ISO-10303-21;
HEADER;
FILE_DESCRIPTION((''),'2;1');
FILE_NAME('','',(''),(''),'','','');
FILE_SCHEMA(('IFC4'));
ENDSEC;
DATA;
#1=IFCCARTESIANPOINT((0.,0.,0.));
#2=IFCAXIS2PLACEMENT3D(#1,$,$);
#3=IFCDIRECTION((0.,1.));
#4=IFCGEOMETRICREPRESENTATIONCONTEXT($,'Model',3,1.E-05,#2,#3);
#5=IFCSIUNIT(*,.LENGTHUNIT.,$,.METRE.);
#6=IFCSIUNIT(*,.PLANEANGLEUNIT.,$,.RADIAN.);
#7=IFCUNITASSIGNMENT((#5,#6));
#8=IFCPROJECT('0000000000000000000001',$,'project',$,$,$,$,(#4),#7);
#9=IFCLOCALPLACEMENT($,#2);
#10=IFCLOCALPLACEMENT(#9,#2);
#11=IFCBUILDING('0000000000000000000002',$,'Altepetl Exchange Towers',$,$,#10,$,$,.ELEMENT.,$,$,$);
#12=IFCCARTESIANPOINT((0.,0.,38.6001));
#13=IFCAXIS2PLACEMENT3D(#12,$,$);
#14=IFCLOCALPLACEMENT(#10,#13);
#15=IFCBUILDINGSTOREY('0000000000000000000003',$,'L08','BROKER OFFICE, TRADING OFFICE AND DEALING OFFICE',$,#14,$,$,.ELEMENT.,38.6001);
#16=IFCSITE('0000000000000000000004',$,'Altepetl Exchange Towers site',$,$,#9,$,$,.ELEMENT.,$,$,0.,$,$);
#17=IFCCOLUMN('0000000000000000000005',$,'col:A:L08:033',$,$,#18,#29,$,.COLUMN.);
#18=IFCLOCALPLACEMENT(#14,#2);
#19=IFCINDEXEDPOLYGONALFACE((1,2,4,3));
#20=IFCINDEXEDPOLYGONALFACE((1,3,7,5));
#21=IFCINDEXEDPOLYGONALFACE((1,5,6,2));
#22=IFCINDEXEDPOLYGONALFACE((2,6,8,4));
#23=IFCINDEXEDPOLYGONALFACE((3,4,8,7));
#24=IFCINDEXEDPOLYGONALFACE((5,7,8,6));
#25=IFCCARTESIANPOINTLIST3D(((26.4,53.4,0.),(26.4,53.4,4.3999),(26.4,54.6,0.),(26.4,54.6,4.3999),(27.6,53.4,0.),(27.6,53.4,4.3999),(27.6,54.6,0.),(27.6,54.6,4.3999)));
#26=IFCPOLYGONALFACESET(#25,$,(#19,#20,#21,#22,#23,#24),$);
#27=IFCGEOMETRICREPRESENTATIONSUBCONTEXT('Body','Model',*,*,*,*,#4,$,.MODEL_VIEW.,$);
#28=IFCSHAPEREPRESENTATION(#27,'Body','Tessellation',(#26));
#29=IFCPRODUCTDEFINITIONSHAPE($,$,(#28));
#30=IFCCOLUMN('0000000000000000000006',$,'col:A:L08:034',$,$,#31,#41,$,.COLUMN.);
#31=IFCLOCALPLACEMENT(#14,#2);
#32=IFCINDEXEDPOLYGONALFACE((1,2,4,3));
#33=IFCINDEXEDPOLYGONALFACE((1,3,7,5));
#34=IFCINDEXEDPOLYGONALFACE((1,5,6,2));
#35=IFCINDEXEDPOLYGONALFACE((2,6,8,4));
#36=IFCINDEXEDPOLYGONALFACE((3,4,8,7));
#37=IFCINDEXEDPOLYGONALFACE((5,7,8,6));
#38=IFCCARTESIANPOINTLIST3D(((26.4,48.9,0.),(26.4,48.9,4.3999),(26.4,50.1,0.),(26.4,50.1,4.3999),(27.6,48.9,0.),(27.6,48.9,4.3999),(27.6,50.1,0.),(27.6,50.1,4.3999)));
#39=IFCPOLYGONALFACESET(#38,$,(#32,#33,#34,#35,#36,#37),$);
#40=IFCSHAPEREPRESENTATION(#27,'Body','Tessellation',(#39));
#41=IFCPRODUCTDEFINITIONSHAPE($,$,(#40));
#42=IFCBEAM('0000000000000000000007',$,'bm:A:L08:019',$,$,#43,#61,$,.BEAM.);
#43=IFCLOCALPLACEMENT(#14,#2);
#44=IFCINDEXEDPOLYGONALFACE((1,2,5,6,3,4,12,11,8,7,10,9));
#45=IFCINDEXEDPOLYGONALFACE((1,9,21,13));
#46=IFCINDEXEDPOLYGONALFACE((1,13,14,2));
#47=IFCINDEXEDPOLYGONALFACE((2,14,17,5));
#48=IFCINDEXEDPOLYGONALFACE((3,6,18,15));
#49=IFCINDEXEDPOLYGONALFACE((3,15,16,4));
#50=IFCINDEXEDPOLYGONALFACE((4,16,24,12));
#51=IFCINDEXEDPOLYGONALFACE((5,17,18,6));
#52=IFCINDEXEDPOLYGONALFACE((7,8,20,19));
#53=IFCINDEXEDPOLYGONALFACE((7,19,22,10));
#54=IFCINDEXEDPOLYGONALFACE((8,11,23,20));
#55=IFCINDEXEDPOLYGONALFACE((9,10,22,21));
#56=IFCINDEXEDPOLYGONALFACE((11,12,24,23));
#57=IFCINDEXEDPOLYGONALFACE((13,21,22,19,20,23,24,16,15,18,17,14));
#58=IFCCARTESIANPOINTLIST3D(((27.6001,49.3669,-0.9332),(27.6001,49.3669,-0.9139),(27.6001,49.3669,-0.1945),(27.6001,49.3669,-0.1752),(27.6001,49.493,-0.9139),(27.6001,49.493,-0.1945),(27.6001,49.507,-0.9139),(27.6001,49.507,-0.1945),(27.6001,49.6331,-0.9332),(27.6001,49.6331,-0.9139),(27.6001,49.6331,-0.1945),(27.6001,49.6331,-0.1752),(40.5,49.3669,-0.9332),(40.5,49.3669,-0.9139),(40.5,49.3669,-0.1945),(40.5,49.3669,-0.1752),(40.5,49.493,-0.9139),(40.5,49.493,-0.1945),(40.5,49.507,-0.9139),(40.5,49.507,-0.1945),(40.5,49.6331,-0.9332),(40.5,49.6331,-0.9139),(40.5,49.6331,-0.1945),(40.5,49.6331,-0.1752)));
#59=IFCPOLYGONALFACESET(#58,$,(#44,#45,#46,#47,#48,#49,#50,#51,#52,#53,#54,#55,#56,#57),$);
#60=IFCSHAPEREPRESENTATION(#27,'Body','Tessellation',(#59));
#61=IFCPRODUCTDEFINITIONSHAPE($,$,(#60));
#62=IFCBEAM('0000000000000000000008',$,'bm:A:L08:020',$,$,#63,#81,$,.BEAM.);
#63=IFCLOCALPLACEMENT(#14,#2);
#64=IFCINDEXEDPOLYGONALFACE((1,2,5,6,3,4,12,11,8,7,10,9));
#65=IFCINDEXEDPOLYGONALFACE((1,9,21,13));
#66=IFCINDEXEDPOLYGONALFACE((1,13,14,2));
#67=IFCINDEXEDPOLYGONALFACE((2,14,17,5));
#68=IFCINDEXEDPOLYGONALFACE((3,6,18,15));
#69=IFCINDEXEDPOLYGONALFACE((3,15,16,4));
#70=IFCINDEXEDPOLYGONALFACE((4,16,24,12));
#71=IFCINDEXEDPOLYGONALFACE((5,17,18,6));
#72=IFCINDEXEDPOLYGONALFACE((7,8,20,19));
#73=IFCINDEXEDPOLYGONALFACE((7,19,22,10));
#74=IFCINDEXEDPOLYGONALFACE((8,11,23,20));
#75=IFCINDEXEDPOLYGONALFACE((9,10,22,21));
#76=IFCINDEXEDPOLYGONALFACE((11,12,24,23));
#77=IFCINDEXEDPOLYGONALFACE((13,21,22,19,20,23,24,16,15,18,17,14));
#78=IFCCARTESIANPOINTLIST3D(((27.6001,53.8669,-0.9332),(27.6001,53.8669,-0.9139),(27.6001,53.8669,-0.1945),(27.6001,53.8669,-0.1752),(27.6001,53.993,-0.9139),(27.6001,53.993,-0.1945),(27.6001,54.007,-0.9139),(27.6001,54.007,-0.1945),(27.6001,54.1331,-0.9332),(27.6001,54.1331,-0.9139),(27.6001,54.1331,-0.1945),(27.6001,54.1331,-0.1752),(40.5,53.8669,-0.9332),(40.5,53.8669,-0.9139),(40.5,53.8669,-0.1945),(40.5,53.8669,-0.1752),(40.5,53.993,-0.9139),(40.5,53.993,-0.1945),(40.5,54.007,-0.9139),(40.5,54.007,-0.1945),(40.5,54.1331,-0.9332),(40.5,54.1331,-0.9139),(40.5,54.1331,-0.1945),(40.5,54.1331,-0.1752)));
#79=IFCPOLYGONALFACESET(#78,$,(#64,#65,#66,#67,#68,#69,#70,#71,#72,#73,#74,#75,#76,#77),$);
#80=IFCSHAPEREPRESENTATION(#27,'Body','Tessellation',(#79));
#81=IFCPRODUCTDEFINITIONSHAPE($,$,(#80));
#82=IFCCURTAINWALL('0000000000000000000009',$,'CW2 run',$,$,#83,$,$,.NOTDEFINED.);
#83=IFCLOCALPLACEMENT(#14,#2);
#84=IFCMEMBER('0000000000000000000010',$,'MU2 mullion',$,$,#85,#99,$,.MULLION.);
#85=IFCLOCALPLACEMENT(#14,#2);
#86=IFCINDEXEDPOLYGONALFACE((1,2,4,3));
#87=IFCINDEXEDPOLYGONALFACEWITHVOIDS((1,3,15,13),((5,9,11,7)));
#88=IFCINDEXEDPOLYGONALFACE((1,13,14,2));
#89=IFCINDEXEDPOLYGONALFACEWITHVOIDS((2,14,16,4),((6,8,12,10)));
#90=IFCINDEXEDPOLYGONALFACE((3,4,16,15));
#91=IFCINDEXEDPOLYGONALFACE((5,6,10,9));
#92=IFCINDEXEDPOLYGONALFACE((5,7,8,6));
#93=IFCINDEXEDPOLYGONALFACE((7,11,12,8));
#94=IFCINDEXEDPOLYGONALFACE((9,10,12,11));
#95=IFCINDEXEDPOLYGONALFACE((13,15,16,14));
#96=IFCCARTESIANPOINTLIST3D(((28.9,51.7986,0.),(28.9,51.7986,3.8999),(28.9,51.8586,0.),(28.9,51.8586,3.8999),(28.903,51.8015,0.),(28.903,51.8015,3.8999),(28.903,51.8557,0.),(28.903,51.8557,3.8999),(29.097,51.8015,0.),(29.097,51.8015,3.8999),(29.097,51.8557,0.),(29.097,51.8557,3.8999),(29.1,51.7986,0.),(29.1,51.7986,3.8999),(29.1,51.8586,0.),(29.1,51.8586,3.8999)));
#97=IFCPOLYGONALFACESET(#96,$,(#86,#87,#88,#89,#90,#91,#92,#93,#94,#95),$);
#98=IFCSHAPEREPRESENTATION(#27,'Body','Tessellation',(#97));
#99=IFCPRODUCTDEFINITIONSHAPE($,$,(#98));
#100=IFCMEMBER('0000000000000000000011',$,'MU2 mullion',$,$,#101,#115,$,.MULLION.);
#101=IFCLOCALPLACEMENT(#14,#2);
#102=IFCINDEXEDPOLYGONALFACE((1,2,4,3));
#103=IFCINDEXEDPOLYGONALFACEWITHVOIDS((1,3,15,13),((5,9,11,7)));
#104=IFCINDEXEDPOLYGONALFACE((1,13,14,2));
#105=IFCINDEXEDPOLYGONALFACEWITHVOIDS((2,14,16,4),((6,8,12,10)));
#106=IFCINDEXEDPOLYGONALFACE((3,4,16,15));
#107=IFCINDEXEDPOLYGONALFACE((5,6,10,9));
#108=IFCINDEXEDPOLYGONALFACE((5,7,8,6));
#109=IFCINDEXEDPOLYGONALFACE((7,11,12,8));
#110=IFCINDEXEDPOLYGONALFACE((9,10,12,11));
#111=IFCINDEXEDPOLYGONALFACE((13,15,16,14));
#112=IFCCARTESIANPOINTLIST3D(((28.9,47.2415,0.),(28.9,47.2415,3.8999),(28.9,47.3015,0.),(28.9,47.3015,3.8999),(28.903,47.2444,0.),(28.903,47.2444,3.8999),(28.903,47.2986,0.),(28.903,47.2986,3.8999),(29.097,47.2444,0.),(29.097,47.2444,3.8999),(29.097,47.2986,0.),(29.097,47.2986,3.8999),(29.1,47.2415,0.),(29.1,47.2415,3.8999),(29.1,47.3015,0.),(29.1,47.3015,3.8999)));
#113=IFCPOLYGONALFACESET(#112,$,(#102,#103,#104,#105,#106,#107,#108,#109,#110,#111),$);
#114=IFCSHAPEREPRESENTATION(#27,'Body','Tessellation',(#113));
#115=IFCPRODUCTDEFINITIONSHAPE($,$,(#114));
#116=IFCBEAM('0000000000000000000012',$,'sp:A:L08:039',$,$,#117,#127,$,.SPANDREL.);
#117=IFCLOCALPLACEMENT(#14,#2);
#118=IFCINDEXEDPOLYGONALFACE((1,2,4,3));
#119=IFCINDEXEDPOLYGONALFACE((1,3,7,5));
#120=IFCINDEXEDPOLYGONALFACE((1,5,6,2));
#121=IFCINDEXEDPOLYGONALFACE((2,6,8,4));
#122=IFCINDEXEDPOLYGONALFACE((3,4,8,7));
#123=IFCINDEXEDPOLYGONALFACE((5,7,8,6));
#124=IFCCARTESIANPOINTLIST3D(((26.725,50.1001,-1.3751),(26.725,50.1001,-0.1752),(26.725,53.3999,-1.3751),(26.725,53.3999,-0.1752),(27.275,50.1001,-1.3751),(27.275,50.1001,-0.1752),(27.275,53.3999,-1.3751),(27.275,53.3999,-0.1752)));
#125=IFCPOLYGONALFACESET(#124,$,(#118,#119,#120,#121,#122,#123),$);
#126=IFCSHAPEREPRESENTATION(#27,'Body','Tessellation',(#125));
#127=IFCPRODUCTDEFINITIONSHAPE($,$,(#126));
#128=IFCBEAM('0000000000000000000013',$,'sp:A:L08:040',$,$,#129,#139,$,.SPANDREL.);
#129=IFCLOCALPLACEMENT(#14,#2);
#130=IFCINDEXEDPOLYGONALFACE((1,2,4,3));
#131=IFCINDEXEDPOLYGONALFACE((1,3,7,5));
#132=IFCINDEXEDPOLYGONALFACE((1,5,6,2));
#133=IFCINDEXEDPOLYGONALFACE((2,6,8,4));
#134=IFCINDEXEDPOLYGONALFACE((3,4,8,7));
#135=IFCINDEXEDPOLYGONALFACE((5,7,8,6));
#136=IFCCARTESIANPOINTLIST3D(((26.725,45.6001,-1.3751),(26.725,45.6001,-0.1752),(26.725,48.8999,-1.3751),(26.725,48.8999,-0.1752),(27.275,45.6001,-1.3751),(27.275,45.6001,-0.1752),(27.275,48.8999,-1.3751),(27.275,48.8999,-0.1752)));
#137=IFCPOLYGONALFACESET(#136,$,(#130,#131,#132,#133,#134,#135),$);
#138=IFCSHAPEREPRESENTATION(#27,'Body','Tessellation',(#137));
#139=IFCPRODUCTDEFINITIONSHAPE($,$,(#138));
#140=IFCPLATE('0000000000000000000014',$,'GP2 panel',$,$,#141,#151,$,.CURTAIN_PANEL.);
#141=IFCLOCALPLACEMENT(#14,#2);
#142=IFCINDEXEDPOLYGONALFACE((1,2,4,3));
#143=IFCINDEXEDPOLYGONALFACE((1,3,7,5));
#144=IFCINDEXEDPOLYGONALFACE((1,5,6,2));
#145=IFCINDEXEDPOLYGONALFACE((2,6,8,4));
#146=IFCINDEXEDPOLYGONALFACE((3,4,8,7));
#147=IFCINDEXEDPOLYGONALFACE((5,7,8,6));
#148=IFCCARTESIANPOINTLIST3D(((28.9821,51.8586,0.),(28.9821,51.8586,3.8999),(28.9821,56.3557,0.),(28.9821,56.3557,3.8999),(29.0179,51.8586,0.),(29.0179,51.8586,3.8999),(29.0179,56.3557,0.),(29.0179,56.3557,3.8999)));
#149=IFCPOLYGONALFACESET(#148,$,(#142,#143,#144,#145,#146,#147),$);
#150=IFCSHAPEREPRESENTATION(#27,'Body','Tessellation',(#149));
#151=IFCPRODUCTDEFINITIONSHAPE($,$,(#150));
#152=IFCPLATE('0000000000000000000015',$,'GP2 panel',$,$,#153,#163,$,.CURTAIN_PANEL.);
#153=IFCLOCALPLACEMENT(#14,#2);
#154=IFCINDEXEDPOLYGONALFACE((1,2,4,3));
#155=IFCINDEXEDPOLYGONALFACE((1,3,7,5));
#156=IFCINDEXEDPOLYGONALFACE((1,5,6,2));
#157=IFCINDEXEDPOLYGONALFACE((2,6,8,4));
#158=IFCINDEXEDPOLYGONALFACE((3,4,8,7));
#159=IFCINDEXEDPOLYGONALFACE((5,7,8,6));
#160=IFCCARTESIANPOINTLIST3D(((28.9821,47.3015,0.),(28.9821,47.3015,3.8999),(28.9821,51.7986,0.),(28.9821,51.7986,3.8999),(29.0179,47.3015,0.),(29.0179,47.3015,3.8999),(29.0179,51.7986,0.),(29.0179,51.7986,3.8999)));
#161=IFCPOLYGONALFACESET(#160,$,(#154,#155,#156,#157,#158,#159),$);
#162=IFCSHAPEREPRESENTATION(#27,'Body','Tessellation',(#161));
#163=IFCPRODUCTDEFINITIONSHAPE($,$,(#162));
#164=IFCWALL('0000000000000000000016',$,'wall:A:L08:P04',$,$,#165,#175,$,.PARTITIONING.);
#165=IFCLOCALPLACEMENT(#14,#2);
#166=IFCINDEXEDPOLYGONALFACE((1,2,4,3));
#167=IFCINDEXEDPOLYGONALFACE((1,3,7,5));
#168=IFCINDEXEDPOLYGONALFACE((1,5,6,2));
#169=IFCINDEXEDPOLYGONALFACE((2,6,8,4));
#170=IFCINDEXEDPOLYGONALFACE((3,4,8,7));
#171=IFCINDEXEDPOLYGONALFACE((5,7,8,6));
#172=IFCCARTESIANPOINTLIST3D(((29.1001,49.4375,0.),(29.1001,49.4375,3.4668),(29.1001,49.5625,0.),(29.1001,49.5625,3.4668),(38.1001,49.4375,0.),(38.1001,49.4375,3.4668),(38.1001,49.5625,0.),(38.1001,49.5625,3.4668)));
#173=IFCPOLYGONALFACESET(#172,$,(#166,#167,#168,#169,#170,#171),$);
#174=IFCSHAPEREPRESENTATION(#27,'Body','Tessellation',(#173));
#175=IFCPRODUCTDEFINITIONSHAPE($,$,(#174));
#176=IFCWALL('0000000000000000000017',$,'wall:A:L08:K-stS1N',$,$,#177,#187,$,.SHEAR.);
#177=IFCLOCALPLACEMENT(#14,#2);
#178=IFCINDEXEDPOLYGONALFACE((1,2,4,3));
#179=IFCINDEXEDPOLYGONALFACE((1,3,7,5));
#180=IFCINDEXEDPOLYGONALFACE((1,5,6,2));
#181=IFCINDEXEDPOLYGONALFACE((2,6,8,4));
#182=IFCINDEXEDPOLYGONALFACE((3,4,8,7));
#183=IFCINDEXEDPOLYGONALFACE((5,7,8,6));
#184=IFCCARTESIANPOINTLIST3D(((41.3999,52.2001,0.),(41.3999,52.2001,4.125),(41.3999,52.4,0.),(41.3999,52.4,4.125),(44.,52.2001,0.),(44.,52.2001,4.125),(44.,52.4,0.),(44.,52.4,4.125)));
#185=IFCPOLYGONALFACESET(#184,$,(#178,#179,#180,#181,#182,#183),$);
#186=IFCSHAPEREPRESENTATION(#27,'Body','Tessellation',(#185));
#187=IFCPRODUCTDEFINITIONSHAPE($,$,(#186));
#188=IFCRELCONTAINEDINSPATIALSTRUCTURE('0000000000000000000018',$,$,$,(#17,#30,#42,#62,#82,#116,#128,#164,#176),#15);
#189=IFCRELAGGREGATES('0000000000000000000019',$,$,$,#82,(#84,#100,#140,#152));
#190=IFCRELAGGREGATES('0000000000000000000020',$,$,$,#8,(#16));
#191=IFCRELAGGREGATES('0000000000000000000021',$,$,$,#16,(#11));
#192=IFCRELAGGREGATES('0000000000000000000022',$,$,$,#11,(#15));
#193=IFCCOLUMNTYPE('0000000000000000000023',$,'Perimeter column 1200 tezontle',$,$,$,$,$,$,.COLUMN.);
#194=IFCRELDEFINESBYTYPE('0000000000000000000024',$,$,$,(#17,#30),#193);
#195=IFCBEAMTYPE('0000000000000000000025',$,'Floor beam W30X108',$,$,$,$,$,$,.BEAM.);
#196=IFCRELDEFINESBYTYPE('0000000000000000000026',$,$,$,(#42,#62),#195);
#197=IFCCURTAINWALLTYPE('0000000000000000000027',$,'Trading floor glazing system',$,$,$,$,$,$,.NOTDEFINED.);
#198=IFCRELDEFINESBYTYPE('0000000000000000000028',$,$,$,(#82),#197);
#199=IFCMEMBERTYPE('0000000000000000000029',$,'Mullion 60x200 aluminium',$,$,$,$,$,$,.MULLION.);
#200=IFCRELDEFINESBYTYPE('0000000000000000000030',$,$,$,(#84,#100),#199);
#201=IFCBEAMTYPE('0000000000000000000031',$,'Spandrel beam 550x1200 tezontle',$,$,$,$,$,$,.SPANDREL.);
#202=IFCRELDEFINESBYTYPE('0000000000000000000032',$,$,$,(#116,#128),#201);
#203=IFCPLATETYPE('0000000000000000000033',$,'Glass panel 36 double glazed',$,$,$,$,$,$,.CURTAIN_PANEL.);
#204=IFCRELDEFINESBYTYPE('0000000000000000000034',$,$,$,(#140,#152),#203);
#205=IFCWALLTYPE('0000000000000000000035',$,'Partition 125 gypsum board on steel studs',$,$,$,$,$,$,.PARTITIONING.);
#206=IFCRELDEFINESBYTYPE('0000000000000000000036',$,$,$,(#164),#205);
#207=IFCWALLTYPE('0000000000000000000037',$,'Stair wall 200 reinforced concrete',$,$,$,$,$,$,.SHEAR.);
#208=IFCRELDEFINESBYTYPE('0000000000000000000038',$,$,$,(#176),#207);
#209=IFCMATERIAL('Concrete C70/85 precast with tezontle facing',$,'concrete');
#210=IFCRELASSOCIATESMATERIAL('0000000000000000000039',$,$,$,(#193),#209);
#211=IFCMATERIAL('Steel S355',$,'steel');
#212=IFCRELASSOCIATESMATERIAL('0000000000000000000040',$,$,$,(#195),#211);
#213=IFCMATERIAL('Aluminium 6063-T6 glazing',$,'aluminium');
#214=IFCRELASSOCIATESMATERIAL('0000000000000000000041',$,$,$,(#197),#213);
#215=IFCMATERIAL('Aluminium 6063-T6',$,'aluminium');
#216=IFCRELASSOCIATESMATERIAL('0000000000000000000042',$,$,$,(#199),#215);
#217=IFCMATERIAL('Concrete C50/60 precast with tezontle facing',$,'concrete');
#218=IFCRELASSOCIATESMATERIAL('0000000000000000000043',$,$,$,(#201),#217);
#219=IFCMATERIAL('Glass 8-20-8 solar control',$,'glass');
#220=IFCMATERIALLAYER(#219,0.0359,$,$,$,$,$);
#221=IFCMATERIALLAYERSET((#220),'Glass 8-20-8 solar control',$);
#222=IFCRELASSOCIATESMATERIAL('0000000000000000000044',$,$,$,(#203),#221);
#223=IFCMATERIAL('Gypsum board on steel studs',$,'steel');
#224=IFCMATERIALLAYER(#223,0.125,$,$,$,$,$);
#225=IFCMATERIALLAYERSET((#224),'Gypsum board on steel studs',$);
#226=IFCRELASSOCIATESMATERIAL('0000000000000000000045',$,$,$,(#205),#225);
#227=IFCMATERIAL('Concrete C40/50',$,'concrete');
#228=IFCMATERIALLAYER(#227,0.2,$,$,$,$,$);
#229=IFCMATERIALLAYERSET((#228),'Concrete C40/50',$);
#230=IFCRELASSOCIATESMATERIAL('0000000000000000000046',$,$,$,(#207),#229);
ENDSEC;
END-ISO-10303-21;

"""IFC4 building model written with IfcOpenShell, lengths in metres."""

from ifc_helpers import new_model, si_unit, direction, frame, frame_2d, origin, origin_2d, place, context, subcontext, project, spatial, rectangle, hollow_rectangle, i_section, extrude, material, layer, layer_set, material_profile, profile_set, type_object, element, aggregate, save


model = new_model("IFC4")

# Units and contexts
model_context = context("Model", 3, precision=1e-05, world=origin(), true_north=direction((0.0, 1.0)))
body_context = subcontext(model_context, "Body", "Model", "MODEL_VIEW")
ifc_project = project(units=[si_unit("LENGTHUNIT", "METRE"), si_unit("PLANEANGLEUNIT", "RADIAN")], contexts=[model_context])

# Site, building, storey
site_placement = place(None, origin())
site = spatial("IfcSite", under=ifc_project, at=site_placement, Name="Altepetl Exchange Towers site", CompositionType="ELEMENT", RefElevation=0.0)
building_placement = place(site_placement, origin())
building = spatial("IfcBuilding", under=site, at=building_placement, Name="Altepetl Exchange Towers", CompositionType="ELEMENT")
storey_placement = place(building_placement, frame((0.0, 0.0, 38.6001)))
storey = spatial("IfcBuildingStorey", under=building, at=storey_placement, Name="L08", Description="BROKER OFFICE, TRADING OFFICE AND DEALING OFFICE", CompositionType="ELEMENT", Elevation=38.6001)

# Columns
ifc_material_1 = material(Name="Concrete C70/85 precast with tezontle facing", Category="concrete")
ifc_material_profile_1 = material_profile(ifc_material_1, rectangle(XDim=1.2, YDim=1.2, at=origin_2d()), Name="1200 x 1200")
ifc_profile_set_1 = profile_set([ifc_material_profile_1], Name="Concrete C70/85 precast with tezontle facing")
column_type = type_object("IfcColumnType", Name="Perimeter column 1200 tezontle", PredefinedType="COLUMN", material=ifc_profile_set_1)
for number, where, name in (
    (1, (27.0, 54.0, 0.0), "col:A:L08:033"),
    (2, (27.0, 49.5, 0.0), "col:A:L08:034"),
):
    element("IfcColumn", number, at=place(storey_placement, frame(where)), inside=storey, type_object=column_type, Name=name, PredefinedType="COLUMN", context=body_context, shape_type="SweptSolid", body=[
        extrude(rectangle(XDim=1.2, YDim=1.2, at=origin_2d()), origin(), (0.0, 0.0, 1.0), 4.3999),
    ])

# Beams
ifc_material_2 = material(Name="Steel S355", Category="steel")
ifc_material_profile_2 = material_profile(ifc_material_2, i_section(OverallWidth=0.2661, OverallDepth=0.7581, WebThickness=0.0139, FlangeThickness=0.0193, at=origin_2d()), Name="W30X108")
ifc_profile_set_2 = profile_set([ifc_material_profile_2], Name="Steel S355")
beam_type_1 = type_object("IfcBeamType", Name="Floor beam W30X108", PredefinedType="BEAM", material=ifc_profile_set_2)
for number, where, z_axis, x_axis, name in (
    (3, (27.6001, 49.5, -0.5542), (1.0, 0.0, 0.0), (0.0, 1.0, 0.0), "bm:A:L08:019"),
    (4, (27.6001, 54.0, -0.5542), (1.0, 0.0, 0.0), (0.0, 1.0, 0.0), "bm:A:L08:020"),
):
    element("IfcBeam", number, at=place(storey_placement, frame(where, z_axis=z_axis, x_axis=x_axis)), inside=storey, type_object=beam_type_1, Name=name, PredefinedType="BEAM", context=body_context, shape_type="SweptSolid", body=[
        extrude(i_section(OverallWidth=0.2661, OverallDepth=0.7581, WebThickness=0.0139, FlangeThickness=0.0193, at=origin_2d()), origin(), (0.0, 0.0, 1.0), 12.8999),
    ])

# Curtain wall, members
ifc_material_3 = material(Name="Aluminium 6063-T6 glazing", Category="aluminium")
curtain_wall_type = type_object("IfcCurtainWallType", Name="Trading floor glazing system", PredefinedType="NOTDEFINED", material=ifc_material_3)
curtain_wall_placement = place(storey_placement, origin())
curtain_wall = element("IfcCurtainWall", 5, at=curtain_wall_placement, inside=storey, type_object=curtain_wall_type, Name="CW2 run", PredefinedType="NOTDEFINED")
ifc_material_4 = material(Name="Aluminium 6063-T6", Category="aluminium")
ifc_material_profile_3 = material_profile(ifc_material_4, hollow_rectangle(XDim=0.0601, YDim=0.2, WallThickness=0.0029, at=origin_2d()), Name="Mullion 60x200 aluminium")
ifc_profile_set_3 = profile_set([ifc_material_profile_3], Name="Aluminium 6063-T6")
member_type = type_object("IfcMemberType", Name="Mullion 60x200 aluminium", PredefinedType="MULLION", material=ifc_profile_set_3)
member_1_placement = place(storey_placement, frame((29.0, 51.8286, 0.0), z_axis=(0.0, 0.0, 1.0), x_axis=(0.0, -1.0, 0.0)))
member_1 = element("IfcMember", 6, at=member_1_placement, type_object=member_type, Name="MU2 mullion", PredefinedType="MULLION", context=body_context, shape_type="SweptSolid", body=[
    extrude(hollow_rectangle(XDim=0.0601, YDim=0.2, WallThickness=0.0029, at=origin_2d()), origin(), (0.0, 0.0, 1.0), 3.8999),
])
member_2_placement = place(storey_placement, frame((29.0, 47.2715, 0.0), z_axis=(0.0, 0.0, 1.0), x_axis=(0.0, -1.0, 0.0)))
member_2 = element("IfcMember", 7, at=member_2_placement, type_object=member_type, Name="MU2 mullion", PredefinedType="MULLION", context=body_context, shape_type="SweptSolid", body=[
    extrude(hollow_rectangle(XDim=0.0601, YDim=0.2, WallThickness=0.0029, at=origin_2d()), origin(), (0.0, 0.0, 1.0), 3.8999),
])

# Beams
ifc_material_5 = material(Name="Concrete C50/60 precast with tezontle facing", Category="concrete")
ifc_material_profile_4 = material_profile(ifc_material_5, rectangle(XDim=0.55, YDim=1.2, at=origin_2d()), Name="550 x 1200")
ifc_profile_set_4 = profile_set([ifc_material_profile_4], Name="Concrete C50/60 precast with tezontle facing")
beam_type_2 = type_object("IfcBeamType", Name="Spandrel beam 550x1200 tezontle", PredefinedType="SPANDREL", material=ifc_profile_set_4)
for number, where, z_axis, x_axis, name in (
    (8, (27.0, 53.3999, -0.7751), (0.0, -1.0, 0.0), (1.0, 0.0, 0.0), "sp:A:L08:039"),
    (9, (27.0, 48.8999, -0.7751), (0.0, -1.0, 0.0), (1.0, 0.0, 0.0), "sp:A:L08:040"),
):
    element("IfcBeam", number, at=place(storey_placement, frame(where, z_axis=z_axis, x_axis=x_axis)), inside=storey, type_object=beam_type_2, Name=name, PredefinedType="SPANDREL", context=body_context, shape_type="SweptSolid", body=[
        extrude(rectangle(XDim=0.55, YDim=1.2, at=origin_2d()), origin(), (0.0, 0.0, 1.0), 3.2998),
    ])

# Plates
ifc_material_6 = material(Name="Glass 8-20-8 solar control", Category="glass")
ifc_layer_1 = layer(ifc_material_6, 0.0359)
ifc_layer_set_1 = layer_set([ifc_layer_1], Name="Glass 8-20-8 solar control")
plate_type = type_object("IfcPlateType", Name="Glass panel 36 double glazed", PredefinedType="CURTAIN_PANEL", material=ifc_layer_set_1)
plate_1_placement = place(storey_placement, frame((29.0, 54.1072, 0.0), z_axis=(0.0, 0.0, 1.0), x_axis=(0.0, -1.0, 0.0)))
plate_1 = element("IfcPlate", 10, at=plate_1_placement, type_object=plate_type, Name="GP2 panel", PredefinedType="CURTAIN_PANEL", context=body_context, shape_type="SweptSolid", body=[
    extrude(rectangle(XDim=4.4971, YDim=0.0359, at=origin_2d()), origin(), (0.0, 0.0, 1.0), 3.8999),
])
plate_2_placement = place(storey_placement, frame((29.0, 49.55, 0.0), z_axis=(0.0, 0.0, 1.0), x_axis=(0.0, -1.0, 0.0)))
plate_2 = element("IfcPlate", 11, at=plate_2_placement, type_object=plate_type, Name="GP2 panel", PredefinedType="CURTAIN_PANEL", context=body_context, shape_type="SweptSolid", body=[
    extrude(rectangle(XDim=4.4971, YDim=0.0359, at=origin_2d()), origin(), (0.0, 0.0, 1.0), 3.8999),
])
aggregate(curtain_wall, [member_1, member_2, plate_1, plate_2])

# Walls
ifc_material_7 = material(Name="Gypsum board on steel studs", Category="steel")
ifc_layer_2 = layer(ifc_material_7, 0.125)
ifc_layer_set_2 = layer_set([ifc_layer_2], Name="Gypsum board on steel studs")
wall_type_1 = type_object("IfcWallType", Name="Partition 125 gypsum board on steel studs", PredefinedType="PARTITIONING", material=ifc_layer_set_2)
wall_1_placement = place(storey_placement, frame((29.1001, 49.5, 0.0)))
element("IfcWall", 12, at=wall_1_placement, inside=storey, type_object=wall_type_1, Name="wall:A:L08:P04", PredefinedType="PARTITIONING", context=body_context, shape_type="SweptSolid", body=[
    extrude(rectangle(XDim=9.0, YDim=0.125, at=frame_2d((4.5, 0.0))), origin(), (0.0, 0.0, 1.0), 3.4668),
])
ifc_material_8 = material(Name="Concrete C40/50", Category="concrete")
ifc_layer_3 = layer(ifc_material_8, 0.2)
ifc_layer_set_3 = layer_set([ifc_layer_3], Name="Concrete C40/50")
wall_type_2 = type_object("IfcWallType", Name="Stair wall 200 reinforced concrete", PredefinedType="SHEAR", material=ifc_layer_set_3)
wall_2_placement = place(storey_placement, frame((41.3999, 52.3, 0.0)))
element("IfcWall", 13, at=wall_2_placement, inside=storey, type_object=wall_type_2, Name="wall:A:L08:K-stS1N", PredefinedType="SHEAR", context=body_context, shape_type="SweptSolid", body=[
    extrude(rectangle(XDim=2.6001, YDim=0.2, at=frame_2d((1.3, 0.0))), origin(), (0.0, 0.0, 1.0), 4.125),
])

save(model, "model.ifc")
